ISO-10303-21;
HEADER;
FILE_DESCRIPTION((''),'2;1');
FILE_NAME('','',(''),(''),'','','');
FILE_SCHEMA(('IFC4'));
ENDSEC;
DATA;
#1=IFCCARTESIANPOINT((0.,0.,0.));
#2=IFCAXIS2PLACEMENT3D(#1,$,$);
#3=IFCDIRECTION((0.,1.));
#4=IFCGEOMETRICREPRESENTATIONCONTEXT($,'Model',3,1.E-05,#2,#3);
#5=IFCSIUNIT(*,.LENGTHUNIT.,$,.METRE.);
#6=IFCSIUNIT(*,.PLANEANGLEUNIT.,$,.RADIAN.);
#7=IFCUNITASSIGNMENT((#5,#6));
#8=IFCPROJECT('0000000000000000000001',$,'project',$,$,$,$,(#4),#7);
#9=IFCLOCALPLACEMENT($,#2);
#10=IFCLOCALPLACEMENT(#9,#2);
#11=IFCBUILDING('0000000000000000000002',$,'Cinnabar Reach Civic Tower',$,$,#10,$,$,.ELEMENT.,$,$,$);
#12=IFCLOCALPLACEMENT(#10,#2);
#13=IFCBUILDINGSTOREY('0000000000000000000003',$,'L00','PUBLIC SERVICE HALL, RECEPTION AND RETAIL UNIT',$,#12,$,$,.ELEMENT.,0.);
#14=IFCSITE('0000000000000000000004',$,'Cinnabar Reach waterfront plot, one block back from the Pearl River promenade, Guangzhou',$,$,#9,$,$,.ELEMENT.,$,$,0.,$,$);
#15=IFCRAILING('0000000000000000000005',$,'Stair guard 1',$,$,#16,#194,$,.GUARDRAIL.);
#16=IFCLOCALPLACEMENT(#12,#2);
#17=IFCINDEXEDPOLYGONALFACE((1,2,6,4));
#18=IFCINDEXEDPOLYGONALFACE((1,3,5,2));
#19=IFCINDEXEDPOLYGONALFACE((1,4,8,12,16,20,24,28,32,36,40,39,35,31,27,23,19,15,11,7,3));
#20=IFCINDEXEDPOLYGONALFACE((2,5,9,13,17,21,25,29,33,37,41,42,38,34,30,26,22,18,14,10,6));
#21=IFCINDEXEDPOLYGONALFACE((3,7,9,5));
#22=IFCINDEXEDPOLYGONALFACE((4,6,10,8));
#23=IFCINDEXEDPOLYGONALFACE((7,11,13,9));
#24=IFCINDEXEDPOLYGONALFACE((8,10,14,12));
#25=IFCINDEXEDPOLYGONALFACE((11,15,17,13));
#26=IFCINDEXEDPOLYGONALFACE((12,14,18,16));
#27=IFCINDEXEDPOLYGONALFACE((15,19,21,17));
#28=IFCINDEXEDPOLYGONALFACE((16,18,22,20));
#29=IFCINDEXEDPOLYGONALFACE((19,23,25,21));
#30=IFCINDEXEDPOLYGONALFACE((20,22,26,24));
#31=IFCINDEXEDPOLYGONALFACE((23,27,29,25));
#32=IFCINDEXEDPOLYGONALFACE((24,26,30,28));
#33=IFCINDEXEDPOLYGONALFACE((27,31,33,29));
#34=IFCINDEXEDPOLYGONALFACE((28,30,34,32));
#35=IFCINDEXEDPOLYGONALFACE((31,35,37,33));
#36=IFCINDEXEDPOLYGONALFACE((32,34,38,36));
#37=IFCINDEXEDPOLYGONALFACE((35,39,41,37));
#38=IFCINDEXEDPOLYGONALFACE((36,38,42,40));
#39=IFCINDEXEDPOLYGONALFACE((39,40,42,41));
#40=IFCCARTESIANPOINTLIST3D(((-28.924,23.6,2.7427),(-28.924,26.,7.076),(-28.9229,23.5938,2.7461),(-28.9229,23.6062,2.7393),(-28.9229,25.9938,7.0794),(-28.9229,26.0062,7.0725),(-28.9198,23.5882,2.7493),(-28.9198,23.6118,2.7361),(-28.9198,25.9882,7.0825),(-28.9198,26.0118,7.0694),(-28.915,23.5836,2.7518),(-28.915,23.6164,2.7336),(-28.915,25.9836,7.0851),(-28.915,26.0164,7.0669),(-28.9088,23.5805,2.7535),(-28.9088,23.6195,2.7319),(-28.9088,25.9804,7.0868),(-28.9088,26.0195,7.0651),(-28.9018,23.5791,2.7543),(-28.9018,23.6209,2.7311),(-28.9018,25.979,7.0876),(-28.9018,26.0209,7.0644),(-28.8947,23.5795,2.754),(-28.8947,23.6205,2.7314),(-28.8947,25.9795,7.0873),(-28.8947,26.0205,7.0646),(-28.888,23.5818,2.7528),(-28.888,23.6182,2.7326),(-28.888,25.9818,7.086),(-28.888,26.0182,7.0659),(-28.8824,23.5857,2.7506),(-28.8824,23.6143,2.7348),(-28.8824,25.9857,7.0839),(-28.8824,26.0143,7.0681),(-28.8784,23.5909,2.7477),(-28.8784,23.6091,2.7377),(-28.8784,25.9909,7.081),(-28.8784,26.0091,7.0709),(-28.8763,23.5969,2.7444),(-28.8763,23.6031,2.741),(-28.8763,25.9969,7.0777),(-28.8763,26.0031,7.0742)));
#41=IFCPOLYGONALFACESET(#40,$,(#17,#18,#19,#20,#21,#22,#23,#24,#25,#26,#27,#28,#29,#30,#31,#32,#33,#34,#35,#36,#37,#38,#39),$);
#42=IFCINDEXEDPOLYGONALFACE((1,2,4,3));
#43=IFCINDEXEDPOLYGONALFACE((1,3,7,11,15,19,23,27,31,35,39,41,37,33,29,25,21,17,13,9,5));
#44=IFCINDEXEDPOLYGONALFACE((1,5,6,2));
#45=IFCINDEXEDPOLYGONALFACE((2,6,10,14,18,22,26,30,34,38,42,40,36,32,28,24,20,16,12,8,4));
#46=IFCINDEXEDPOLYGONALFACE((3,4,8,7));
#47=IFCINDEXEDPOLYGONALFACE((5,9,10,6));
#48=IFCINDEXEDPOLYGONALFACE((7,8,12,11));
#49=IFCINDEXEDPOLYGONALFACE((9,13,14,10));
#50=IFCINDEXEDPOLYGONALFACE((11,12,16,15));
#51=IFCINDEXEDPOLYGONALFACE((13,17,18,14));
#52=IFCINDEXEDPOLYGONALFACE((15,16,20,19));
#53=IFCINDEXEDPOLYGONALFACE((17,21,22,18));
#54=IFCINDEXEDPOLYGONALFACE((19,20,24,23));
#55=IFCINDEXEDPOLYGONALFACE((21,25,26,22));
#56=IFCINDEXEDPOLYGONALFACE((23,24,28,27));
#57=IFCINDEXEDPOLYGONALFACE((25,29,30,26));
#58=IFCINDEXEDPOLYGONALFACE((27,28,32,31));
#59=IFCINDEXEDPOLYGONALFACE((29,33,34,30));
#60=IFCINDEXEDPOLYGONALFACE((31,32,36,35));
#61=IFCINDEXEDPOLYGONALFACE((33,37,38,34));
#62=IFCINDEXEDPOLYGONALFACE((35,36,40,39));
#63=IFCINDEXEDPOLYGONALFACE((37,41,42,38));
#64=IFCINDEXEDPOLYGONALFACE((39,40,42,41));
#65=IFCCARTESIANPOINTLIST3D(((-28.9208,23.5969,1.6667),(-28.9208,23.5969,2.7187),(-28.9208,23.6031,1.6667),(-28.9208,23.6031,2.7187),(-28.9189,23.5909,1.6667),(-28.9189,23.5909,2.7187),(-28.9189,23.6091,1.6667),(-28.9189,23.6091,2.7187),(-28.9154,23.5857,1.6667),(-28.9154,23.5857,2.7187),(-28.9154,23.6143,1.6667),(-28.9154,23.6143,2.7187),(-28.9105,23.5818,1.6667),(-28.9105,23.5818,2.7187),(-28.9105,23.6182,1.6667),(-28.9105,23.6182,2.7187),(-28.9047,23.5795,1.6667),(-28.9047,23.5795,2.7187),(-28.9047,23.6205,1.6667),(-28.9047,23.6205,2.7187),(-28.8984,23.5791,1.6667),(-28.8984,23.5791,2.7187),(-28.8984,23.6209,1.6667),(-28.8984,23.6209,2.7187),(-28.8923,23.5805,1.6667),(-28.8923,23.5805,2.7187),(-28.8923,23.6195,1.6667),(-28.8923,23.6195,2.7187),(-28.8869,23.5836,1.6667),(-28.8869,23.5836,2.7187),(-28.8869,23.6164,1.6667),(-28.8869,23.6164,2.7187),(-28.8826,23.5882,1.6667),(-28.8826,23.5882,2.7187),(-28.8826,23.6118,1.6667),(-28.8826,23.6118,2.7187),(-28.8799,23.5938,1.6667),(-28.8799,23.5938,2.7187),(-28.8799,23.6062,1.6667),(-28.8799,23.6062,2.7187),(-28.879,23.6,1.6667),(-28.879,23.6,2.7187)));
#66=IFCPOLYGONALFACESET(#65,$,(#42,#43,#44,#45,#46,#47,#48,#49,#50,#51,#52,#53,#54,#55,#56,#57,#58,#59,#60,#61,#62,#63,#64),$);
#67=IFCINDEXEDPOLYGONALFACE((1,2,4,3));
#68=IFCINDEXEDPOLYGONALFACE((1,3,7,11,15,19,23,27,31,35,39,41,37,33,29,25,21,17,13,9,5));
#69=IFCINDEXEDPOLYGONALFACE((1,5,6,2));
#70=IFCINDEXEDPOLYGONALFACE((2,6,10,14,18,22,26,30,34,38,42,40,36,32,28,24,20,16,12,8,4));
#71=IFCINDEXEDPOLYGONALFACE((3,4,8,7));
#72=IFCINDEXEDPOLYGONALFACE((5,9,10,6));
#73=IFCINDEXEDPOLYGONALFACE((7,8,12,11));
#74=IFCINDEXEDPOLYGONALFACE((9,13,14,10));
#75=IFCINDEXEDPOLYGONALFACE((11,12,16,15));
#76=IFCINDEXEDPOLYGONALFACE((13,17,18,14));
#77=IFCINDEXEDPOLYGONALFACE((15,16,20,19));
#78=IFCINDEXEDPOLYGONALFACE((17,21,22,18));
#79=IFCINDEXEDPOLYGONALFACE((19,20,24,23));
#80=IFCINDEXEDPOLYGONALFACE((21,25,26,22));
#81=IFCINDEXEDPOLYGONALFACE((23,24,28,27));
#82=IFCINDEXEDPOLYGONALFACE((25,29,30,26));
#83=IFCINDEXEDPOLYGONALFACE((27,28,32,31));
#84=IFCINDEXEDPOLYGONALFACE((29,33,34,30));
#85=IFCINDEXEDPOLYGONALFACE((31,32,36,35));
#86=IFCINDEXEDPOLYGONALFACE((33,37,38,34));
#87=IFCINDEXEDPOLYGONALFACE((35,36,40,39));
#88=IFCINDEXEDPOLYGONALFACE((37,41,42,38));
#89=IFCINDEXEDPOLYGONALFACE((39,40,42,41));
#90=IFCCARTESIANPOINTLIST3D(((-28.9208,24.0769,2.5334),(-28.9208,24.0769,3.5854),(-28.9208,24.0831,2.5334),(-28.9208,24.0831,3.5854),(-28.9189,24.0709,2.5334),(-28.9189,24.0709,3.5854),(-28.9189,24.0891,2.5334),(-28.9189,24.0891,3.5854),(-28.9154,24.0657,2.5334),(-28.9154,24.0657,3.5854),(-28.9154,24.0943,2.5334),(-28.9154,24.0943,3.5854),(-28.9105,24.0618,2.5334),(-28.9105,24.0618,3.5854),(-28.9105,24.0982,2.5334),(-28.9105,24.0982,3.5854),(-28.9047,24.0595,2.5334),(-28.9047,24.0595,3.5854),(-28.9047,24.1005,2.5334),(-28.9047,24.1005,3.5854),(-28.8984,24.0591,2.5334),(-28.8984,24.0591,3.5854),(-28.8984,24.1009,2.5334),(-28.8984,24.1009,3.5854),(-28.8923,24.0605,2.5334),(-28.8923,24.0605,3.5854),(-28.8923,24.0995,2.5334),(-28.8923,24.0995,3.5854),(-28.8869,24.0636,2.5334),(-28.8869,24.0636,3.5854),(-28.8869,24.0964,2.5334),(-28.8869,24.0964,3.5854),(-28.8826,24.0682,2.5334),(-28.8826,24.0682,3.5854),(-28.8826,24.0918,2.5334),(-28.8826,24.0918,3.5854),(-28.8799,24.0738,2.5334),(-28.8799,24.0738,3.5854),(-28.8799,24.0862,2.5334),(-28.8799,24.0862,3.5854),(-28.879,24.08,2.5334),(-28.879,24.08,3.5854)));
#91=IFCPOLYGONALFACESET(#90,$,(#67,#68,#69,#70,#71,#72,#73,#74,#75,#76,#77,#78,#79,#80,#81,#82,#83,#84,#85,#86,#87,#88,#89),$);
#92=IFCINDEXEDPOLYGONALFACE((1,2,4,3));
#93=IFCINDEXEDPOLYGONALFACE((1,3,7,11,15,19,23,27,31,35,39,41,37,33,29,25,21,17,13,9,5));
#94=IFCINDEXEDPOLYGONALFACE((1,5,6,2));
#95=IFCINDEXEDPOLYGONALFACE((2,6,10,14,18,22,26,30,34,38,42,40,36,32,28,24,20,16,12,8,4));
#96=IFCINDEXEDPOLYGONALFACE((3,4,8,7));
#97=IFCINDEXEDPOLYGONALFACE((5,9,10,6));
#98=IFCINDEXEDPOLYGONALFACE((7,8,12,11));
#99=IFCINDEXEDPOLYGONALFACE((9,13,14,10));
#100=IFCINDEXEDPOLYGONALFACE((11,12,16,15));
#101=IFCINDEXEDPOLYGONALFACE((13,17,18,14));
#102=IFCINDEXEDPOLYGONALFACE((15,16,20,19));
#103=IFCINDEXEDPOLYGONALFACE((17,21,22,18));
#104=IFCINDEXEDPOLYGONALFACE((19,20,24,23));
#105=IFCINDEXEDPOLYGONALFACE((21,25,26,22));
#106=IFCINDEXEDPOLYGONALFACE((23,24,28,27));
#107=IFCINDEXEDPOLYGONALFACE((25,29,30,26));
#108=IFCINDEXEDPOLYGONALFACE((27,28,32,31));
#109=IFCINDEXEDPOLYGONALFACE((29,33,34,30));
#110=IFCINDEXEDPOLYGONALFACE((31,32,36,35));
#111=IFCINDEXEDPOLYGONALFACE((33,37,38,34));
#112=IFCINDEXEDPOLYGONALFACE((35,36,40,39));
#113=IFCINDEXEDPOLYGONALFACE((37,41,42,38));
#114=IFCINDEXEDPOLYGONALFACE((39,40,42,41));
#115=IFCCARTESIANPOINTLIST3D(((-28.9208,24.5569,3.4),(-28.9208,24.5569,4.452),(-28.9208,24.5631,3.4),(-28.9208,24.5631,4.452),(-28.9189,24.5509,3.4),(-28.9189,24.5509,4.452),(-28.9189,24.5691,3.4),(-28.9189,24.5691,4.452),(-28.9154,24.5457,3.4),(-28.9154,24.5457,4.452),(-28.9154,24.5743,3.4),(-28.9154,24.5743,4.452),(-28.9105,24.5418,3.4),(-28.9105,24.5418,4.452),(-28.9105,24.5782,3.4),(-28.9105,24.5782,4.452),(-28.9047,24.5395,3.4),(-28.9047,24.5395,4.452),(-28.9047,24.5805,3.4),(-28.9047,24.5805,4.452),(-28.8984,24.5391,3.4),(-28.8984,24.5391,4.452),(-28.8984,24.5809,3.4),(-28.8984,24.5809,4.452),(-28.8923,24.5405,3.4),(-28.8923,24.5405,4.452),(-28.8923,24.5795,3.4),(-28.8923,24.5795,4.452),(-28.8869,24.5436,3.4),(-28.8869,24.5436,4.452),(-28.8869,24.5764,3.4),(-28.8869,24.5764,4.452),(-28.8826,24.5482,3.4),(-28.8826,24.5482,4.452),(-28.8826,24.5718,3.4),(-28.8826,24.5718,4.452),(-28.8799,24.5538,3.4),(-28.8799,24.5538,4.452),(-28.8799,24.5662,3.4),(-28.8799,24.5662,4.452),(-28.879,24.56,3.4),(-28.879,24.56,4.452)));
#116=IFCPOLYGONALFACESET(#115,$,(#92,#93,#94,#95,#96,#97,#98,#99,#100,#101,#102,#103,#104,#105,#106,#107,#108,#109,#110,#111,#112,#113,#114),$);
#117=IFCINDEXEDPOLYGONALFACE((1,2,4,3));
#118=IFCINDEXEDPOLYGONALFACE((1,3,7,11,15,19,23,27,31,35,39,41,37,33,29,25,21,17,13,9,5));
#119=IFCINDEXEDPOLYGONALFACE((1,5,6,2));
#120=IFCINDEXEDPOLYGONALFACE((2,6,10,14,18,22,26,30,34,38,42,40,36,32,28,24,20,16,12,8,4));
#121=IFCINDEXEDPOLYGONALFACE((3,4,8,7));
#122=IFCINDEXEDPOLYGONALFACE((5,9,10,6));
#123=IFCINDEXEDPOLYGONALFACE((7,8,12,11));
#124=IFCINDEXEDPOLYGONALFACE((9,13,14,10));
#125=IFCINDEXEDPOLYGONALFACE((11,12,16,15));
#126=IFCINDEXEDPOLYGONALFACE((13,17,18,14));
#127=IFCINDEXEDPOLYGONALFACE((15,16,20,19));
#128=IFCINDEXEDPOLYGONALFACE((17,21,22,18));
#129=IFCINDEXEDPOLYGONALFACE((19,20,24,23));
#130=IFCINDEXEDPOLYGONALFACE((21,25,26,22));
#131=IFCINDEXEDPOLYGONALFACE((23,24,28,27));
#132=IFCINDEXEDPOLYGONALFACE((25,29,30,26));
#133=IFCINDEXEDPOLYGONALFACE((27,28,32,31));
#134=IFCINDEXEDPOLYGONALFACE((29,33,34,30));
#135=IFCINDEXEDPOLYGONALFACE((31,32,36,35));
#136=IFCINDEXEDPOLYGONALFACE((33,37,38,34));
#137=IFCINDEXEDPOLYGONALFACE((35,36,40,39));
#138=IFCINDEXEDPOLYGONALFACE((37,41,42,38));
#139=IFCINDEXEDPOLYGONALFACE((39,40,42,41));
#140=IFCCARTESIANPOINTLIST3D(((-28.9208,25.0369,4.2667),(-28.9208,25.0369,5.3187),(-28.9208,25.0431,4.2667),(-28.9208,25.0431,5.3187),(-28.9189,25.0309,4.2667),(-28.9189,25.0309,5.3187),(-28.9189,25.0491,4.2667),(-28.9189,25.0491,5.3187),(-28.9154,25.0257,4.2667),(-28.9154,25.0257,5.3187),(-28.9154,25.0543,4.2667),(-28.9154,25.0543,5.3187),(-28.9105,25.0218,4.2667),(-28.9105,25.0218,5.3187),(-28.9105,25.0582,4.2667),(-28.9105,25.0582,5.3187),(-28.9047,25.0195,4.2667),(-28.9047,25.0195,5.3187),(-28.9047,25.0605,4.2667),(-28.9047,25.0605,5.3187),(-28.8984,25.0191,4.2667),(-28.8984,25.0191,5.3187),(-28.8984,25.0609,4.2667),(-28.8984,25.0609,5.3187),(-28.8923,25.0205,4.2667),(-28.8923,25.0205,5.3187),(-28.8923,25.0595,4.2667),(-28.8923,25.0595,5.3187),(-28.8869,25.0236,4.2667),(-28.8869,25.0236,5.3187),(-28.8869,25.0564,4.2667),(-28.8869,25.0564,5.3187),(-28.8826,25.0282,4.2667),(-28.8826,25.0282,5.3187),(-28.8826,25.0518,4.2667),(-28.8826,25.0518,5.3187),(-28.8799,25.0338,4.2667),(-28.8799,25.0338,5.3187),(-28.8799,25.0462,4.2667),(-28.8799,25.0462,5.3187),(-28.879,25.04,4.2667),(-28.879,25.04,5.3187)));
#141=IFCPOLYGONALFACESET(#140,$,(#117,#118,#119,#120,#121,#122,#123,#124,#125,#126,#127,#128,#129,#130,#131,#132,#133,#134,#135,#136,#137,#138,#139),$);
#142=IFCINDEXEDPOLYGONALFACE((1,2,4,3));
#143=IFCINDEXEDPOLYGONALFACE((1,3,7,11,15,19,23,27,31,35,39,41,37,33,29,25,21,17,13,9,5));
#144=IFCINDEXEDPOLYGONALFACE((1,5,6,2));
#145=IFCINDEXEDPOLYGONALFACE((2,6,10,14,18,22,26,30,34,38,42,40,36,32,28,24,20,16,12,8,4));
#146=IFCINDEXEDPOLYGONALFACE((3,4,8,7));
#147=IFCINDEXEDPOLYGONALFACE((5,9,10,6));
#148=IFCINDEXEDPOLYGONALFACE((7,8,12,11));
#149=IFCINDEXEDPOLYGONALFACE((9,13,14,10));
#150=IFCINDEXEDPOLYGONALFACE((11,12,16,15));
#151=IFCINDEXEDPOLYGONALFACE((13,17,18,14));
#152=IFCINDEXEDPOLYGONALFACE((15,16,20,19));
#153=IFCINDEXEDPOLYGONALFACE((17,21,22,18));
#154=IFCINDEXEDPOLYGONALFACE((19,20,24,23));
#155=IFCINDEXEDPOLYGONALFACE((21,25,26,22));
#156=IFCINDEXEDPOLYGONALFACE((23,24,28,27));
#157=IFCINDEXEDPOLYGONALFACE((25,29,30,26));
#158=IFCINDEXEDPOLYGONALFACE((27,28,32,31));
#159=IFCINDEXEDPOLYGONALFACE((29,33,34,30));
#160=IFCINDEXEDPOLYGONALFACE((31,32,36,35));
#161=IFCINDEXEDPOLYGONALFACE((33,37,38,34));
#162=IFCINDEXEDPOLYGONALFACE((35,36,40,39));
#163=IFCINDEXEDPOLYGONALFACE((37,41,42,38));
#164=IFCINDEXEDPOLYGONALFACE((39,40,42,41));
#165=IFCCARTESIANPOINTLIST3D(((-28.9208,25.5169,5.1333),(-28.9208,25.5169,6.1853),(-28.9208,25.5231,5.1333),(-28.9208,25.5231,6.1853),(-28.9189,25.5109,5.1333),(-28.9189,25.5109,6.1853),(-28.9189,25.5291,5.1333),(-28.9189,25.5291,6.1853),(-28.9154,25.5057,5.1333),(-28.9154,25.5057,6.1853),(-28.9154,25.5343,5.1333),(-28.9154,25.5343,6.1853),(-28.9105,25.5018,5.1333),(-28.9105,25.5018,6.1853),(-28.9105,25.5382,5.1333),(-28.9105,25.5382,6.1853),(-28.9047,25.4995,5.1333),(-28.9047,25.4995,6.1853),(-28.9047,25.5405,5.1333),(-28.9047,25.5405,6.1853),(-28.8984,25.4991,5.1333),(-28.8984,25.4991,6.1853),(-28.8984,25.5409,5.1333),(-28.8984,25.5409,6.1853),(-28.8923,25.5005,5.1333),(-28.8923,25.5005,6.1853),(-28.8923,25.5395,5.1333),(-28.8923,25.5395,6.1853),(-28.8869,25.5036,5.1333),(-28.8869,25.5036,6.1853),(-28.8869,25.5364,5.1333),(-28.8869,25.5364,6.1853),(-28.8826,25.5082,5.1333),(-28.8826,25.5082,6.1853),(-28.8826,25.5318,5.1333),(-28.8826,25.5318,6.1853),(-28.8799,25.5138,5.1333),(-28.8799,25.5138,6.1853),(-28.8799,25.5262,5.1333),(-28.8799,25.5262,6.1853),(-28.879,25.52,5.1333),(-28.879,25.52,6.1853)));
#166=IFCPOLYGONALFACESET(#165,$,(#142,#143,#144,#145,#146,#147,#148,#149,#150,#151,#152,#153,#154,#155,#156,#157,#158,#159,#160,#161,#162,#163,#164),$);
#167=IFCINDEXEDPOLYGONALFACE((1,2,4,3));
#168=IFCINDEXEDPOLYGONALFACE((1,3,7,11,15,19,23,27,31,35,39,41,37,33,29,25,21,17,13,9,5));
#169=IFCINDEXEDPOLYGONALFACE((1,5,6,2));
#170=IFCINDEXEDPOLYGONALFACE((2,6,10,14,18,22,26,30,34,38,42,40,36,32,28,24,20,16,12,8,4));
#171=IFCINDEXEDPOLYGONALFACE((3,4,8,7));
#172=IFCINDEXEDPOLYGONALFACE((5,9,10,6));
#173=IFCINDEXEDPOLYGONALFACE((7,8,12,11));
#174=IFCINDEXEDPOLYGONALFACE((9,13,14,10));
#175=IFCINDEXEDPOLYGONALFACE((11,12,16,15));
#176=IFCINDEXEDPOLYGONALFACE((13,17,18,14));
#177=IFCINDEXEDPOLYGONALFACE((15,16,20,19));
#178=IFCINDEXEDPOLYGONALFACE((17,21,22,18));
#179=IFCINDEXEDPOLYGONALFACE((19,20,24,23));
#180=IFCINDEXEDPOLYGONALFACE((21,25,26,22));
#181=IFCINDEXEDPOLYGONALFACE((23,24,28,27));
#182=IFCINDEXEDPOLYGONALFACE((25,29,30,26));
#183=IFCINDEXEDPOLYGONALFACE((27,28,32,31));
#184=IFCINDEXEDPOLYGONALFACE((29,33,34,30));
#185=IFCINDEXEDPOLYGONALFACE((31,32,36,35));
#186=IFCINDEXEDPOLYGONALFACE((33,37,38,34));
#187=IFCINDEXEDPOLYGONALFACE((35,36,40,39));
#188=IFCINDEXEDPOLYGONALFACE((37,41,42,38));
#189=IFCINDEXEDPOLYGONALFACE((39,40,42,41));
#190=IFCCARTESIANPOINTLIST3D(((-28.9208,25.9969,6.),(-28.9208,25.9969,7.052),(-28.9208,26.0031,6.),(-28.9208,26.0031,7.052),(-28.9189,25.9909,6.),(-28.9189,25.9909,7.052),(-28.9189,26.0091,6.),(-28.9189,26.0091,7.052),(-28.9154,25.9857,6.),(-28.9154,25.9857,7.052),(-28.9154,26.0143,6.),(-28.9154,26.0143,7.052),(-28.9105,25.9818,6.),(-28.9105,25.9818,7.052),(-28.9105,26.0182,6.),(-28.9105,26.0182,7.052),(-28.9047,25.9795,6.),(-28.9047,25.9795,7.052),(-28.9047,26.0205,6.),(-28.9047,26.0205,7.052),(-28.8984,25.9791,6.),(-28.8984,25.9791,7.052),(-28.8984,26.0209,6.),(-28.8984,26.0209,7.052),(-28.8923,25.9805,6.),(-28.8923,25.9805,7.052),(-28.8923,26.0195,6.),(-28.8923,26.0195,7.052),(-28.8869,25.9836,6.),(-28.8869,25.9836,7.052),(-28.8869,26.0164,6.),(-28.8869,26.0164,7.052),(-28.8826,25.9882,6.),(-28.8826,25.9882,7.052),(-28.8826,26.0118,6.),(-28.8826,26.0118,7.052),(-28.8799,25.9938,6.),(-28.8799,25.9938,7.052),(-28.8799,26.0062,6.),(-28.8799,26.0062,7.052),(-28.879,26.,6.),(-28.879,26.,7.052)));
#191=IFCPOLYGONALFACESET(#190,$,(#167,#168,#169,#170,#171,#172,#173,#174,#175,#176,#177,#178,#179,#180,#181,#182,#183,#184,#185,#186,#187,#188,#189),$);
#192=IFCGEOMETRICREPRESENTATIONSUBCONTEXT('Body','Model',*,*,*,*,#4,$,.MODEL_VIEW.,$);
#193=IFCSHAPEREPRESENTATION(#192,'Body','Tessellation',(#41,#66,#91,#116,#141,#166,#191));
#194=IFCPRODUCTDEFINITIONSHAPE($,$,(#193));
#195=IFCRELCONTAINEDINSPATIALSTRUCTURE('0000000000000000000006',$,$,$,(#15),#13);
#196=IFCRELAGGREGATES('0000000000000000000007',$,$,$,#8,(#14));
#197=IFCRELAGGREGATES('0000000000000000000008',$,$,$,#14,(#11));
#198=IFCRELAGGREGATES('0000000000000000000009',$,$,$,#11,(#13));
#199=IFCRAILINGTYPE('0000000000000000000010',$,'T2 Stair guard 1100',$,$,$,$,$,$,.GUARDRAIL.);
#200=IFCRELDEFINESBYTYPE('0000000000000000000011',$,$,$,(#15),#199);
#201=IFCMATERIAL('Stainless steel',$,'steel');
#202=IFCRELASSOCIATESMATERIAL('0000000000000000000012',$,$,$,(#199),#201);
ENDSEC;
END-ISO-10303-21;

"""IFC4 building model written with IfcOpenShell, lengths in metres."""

from ifc_helpers import new_model, si_unit, direction, frame, origin, origin_2d, place, context, subcontext, project, spatial, circle, extrude, material, type_object, element, save


model = new_model("IFC4")

# Units and contexts
model_context = context("Model", 3, precision=1e-05, world=origin(), true_north=direction((0.0, 1.0)))
body_context = subcontext(model_context, "Body", "Model", "MODEL_VIEW")
ifc_project = project(units=[si_unit("LENGTHUNIT", "METRE"), si_unit("PLANEANGLEUNIT", "RADIAN")], contexts=[model_context])

# Site, building, storey
site_placement = place(None, origin())
site = spatial("IfcSite", under=ifc_project, at=site_placement, Name="Cinnabar Reach waterfront plot, one block back from the Pearl River promenade, Guangzhou", CompositionType="ELEMENT", RefElevation=0.0)
building_placement = place(site_placement, origin())
building = spatial("IfcBuilding", under=site, at=building_placement, Name="Cinnabar Reach Civic Tower", CompositionType="ELEMENT")
storey_placement = place(building_placement, origin())
storey = spatial("IfcBuildingStorey", under=building, at=storey_placement, Name="L00", Description="PUBLIC SERVICE HALL, RECEPTION AND RETAIL UNIT", CompositionType="ELEMENT", Elevation=0.0)

# Railing
ifc_material_1 = material(Name="Stainless steel", Category="steel")
railing_type = type_object("IfcRailingType", Name="T2 Stair guard 1100", PredefinedType="GUARDRAIL", material=ifc_material_1)
railing_1_placement = place(storey_placement, frame((-28.9, 23.6, 1.6667)))
element("IfcRailing", 1, at=railing_1_placement, inside=storey, type_object=railing_type, Name="Stair guard 1", PredefinedType="GUARDRAIL", context=body_context, shape_type="SweptSolid", body=[
    extrude(circle(Radius=0.024, at=origin_2d()), frame((0.0, 0.0, 1.076), z_axis=(0.0, 0.484503, 0.87479), x_axis=(-1.0, 0.0, 0.0)), (0.0, 0.0, 1.0), 4.9535),
    extrude(circle(Radius=0.021, at=origin_2d()), origin(), (0.0, 0.0, 1.0), 1.052),
    extrude(circle(Radius=0.021, at=origin_2d()), frame((0.0, 0.48, 0.8667)), (0.0, 0.0, 1.0), 1.052),
    extrude(circle(Radius=0.021, at=origin_2d()), frame((0.0, 0.96, 1.7333)), (0.0, 0.0, 1.0), 1.052),
    extrude(circle(Radius=0.021, at=origin_2d()), frame((0.0, 1.44, 2.6)), (0.0, 0.0, 1.0), 1.052),
    extrude(circle(Radius=0.021, at=origin_2d()), frame((0.0, 1.92, 3.4666)), (0.0, 0.0, 1.0), 1.052),
    extrude(circle(Radius=0.021, at=origin_2d()), frame((0.0, 2.4, 4.3333)), (0.0, 0.0, 1.0), 1.052),
])

save(model, "model.ifc")
